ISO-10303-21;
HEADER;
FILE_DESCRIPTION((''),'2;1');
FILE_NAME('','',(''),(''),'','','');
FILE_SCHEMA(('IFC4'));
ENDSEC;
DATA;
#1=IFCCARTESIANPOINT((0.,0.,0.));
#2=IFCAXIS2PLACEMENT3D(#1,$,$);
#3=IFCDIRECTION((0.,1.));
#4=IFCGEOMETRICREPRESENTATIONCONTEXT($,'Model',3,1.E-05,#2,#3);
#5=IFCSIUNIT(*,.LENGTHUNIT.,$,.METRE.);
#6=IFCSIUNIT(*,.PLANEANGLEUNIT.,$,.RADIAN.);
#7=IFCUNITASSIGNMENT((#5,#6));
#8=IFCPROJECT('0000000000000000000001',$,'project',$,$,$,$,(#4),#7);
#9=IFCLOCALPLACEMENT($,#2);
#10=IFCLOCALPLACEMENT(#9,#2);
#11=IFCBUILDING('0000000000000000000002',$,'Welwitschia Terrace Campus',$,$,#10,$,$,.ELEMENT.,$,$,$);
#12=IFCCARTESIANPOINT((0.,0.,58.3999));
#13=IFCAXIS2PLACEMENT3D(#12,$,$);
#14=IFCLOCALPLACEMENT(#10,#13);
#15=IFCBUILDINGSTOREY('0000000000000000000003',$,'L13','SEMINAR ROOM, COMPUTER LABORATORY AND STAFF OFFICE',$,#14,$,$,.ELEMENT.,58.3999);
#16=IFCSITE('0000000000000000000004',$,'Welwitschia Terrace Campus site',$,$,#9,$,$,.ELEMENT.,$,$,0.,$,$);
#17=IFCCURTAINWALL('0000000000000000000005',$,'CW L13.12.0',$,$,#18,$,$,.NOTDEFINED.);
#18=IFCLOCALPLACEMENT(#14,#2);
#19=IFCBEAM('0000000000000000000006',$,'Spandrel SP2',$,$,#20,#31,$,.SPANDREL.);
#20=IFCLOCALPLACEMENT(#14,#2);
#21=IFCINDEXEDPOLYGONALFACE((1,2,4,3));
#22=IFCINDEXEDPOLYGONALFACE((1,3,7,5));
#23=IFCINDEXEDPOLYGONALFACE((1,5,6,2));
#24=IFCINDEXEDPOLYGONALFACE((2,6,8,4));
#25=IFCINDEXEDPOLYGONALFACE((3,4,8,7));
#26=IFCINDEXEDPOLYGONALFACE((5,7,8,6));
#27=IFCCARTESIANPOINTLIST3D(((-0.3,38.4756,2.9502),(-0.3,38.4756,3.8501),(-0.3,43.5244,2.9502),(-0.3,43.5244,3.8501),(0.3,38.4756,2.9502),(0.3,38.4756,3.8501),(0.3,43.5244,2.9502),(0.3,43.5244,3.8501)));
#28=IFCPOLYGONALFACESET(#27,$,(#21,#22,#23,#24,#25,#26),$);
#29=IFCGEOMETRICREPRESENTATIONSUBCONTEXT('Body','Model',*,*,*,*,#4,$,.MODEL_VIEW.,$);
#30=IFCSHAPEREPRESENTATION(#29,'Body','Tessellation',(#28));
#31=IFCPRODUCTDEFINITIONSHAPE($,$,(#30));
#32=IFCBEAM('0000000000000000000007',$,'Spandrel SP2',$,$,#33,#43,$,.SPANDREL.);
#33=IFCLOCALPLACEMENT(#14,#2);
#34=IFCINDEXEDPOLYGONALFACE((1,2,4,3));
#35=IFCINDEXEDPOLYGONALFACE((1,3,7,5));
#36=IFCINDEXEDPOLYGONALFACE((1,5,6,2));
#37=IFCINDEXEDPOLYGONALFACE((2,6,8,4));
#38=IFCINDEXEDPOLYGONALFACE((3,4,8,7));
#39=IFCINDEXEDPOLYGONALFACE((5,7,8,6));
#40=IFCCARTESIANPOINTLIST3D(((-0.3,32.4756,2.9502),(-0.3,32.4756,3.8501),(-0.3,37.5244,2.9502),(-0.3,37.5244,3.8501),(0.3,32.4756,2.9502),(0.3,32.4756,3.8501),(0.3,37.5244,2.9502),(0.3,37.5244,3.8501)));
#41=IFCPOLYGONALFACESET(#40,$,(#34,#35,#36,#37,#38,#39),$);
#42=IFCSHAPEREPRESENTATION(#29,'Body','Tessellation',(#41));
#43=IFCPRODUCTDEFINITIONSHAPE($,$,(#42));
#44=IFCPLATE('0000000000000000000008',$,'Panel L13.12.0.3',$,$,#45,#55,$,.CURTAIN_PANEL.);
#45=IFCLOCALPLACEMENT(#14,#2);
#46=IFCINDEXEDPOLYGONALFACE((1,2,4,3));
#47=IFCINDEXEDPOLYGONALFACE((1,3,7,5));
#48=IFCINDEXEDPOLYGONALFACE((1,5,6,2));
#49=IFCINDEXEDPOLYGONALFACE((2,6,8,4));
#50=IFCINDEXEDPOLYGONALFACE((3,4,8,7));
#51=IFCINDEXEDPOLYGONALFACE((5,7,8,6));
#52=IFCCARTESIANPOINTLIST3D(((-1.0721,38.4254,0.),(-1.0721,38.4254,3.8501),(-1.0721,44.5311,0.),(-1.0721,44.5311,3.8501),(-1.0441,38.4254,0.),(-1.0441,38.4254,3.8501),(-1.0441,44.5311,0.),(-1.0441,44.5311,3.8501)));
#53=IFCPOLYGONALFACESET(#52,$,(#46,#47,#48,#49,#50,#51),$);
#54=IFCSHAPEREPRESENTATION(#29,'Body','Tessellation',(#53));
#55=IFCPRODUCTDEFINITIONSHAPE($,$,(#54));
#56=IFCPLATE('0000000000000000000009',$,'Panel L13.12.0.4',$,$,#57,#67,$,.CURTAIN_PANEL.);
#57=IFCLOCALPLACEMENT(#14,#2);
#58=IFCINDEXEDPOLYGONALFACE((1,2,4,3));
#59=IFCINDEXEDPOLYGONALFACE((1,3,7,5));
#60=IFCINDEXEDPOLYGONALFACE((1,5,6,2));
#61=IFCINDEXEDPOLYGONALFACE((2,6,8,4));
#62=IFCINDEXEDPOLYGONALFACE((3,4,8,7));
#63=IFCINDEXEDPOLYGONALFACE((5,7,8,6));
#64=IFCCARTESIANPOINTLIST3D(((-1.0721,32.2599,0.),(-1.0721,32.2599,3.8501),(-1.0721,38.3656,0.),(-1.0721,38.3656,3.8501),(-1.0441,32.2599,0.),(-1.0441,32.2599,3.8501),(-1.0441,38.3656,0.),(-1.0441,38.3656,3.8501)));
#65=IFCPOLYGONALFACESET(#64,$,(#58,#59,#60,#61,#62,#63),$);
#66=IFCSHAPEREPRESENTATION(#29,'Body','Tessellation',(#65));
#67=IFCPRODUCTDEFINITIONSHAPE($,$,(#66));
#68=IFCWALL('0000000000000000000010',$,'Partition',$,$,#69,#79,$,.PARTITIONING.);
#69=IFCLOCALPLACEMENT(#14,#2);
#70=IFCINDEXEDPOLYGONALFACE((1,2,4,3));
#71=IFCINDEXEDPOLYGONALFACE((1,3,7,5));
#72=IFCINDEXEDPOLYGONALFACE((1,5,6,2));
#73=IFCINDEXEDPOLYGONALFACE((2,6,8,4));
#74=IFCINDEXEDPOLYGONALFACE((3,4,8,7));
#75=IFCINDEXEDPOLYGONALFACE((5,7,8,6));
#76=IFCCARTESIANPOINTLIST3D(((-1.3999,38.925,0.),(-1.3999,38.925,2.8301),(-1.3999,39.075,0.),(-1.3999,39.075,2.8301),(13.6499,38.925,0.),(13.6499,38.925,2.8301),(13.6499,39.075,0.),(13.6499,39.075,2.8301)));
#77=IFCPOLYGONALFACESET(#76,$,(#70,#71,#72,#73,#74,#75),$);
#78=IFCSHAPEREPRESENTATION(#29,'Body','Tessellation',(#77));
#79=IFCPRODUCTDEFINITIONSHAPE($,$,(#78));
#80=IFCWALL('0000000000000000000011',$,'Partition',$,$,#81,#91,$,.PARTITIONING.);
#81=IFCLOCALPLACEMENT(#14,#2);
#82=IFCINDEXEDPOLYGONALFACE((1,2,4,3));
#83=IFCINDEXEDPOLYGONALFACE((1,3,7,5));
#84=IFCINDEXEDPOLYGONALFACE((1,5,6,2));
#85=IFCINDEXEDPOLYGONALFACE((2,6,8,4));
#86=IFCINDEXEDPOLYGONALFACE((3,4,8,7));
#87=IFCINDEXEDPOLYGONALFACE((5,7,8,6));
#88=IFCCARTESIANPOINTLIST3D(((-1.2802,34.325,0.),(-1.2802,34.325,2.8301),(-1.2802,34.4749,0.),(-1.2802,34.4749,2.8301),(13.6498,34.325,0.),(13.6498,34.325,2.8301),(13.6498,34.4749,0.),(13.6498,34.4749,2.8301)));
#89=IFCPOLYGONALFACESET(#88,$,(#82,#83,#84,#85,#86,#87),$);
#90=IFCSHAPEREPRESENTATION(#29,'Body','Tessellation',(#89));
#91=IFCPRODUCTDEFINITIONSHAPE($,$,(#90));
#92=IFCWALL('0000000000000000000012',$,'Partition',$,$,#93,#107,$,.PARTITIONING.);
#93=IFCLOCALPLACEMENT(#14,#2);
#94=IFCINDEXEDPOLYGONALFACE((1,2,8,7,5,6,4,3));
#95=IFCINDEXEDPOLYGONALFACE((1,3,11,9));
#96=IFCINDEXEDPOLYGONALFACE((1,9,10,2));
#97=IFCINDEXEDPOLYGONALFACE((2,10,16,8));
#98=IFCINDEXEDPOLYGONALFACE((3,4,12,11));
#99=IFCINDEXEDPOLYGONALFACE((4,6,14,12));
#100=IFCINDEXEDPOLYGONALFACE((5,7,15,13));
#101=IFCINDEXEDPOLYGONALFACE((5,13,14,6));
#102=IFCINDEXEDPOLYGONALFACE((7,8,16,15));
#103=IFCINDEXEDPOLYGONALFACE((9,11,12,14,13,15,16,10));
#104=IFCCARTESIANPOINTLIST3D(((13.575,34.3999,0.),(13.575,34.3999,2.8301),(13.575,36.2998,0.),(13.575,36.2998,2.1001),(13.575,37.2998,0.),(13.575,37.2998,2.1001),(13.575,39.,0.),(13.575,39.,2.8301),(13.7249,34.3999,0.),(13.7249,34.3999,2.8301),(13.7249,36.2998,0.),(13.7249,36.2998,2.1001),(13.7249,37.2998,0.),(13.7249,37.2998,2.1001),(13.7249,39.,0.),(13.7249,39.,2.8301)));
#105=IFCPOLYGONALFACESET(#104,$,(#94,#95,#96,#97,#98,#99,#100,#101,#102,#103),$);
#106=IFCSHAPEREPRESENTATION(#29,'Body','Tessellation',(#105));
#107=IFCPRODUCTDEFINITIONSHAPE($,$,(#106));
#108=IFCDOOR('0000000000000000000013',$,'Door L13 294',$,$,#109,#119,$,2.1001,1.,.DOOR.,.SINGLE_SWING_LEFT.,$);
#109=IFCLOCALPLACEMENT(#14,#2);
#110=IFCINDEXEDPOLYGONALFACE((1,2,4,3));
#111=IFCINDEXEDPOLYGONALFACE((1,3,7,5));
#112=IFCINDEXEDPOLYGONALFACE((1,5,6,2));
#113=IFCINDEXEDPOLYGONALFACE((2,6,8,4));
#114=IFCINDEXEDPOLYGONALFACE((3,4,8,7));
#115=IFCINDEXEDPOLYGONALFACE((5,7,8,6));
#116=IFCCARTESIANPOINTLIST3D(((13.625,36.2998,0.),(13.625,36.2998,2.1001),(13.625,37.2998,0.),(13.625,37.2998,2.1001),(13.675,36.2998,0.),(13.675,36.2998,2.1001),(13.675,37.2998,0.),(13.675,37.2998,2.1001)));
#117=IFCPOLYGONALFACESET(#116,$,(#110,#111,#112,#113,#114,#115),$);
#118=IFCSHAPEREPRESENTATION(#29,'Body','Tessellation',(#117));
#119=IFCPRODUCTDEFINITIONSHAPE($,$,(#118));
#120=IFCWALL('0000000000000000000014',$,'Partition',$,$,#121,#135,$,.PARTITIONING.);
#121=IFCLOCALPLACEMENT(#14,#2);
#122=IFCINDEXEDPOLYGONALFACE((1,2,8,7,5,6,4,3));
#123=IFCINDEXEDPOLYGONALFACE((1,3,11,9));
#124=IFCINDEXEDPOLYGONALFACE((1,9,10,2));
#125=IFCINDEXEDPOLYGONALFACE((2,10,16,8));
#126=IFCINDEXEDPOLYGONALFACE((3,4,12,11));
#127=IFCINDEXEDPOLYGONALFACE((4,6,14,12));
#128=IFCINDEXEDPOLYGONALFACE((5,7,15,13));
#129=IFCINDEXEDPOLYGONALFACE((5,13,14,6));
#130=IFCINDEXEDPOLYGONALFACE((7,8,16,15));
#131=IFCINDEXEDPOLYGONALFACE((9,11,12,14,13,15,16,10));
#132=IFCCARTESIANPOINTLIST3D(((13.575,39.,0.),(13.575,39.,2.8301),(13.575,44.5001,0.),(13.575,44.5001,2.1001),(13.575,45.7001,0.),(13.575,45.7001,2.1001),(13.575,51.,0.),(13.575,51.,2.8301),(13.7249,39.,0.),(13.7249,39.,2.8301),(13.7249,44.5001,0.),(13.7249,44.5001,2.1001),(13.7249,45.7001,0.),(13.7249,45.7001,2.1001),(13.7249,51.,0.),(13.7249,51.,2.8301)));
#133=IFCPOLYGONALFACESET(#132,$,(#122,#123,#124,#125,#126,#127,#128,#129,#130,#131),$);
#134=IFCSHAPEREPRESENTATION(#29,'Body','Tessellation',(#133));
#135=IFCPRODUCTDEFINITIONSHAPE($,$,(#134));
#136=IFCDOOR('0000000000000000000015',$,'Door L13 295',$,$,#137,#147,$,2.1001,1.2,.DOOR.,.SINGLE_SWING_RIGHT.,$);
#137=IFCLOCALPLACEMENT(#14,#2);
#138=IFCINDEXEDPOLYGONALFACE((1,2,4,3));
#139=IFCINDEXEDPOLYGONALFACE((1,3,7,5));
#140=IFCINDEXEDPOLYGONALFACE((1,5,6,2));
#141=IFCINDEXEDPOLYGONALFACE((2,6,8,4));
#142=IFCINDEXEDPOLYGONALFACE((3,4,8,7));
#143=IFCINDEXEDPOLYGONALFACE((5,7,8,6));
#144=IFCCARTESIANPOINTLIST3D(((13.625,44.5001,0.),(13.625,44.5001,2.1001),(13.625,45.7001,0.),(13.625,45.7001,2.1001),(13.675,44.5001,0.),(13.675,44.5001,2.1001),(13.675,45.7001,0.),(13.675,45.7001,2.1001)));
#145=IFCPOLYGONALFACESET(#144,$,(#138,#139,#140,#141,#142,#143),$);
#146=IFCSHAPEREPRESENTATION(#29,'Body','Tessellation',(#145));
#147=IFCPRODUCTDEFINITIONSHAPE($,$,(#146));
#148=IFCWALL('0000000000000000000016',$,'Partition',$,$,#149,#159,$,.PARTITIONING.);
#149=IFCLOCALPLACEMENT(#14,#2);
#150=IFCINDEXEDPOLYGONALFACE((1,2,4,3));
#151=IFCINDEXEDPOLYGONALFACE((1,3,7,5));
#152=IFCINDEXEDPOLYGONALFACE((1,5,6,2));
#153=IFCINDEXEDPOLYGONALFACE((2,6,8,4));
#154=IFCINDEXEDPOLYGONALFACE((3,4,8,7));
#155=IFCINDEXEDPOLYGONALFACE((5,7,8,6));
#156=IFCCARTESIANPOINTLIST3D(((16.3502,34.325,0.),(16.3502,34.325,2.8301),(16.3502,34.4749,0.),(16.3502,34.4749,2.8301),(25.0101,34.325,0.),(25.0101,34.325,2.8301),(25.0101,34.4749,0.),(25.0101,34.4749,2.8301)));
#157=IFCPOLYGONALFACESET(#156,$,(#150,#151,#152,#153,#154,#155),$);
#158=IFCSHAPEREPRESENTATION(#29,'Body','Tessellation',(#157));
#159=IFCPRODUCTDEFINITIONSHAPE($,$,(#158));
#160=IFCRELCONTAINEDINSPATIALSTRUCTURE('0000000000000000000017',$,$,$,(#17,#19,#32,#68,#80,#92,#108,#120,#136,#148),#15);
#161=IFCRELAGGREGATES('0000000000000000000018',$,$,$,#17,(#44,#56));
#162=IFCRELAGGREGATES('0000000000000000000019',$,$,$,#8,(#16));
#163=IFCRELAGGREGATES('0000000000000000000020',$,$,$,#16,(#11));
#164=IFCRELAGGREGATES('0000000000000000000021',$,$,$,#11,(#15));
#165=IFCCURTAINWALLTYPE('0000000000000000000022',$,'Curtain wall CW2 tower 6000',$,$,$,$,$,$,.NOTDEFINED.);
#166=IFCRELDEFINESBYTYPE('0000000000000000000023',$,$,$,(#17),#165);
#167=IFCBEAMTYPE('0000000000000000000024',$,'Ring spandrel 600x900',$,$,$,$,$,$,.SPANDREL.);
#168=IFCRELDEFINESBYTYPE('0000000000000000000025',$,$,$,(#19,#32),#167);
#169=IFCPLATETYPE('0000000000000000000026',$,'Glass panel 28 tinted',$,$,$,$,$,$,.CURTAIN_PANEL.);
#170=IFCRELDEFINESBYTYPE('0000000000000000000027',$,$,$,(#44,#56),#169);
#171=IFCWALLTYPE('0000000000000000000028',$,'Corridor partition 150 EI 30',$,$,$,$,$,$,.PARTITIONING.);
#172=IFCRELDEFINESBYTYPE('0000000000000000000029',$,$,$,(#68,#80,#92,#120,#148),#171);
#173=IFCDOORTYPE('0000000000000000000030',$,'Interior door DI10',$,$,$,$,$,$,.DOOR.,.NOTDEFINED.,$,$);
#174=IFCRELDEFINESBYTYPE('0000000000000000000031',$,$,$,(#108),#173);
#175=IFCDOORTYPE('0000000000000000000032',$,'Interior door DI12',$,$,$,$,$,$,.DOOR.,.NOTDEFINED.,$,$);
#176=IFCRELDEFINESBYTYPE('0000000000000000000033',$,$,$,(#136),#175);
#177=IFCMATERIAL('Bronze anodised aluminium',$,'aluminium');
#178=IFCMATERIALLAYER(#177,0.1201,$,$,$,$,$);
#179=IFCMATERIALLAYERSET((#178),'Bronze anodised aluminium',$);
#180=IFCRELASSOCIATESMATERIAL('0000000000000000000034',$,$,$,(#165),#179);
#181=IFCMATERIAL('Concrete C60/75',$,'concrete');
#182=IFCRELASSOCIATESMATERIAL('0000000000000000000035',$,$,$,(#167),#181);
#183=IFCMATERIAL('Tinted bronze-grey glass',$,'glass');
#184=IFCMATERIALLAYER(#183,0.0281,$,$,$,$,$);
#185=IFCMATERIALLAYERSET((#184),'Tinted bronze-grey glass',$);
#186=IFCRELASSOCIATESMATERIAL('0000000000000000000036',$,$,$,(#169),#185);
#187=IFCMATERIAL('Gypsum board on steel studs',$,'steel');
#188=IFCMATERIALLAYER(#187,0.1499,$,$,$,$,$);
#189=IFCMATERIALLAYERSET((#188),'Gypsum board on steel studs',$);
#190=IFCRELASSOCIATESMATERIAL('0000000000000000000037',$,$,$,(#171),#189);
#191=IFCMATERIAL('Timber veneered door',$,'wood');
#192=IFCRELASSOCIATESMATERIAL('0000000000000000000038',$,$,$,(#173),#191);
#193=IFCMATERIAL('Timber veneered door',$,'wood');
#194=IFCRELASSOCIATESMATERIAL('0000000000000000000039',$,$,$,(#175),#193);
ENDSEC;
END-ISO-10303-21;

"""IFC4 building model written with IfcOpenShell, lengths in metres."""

from ifc_helpers import new_model, si_unit, direction, frame, frame_2d, origin, origin_2d, place, context, subcontext, project, spatial, rectangle, extrude, material, layer, layer_set, material_profile, profile_set, type_object, element, fill, aggregate, save


model = new_model("IFC4")

# Units and contexts
model_context = context("Model", 3, precision=1e-05, world=origin(), true_north=direction((0.0, 1.0)))
body_context = subcontext(model_context, "Body", "Model", "MODEL_VIEW")
ifc_project = project(units=[si_unit("LENGTHUNIT", "METRE"), si_unit("PLANEANGLEUNIT", "RADIAN")], contexts=[model_context])

# Site, building, storey
site_placement = place(None, origin())
site = spatial("IfcSite", under=ifc_project, at=site_placement, Name="Welwitschia Terrace Campus site", CompositionType="ELEMENT", RefElevation=0.0)
building_placement = place(site_placement, origin())
building = spatial("IfcBuilding", under=site, at=building_placement, Name="Welwitschia Terrace Campus", CompositionType="ELEMENT")
storey_placement = place(building_placement, frame((0.0, 0.0, 58.3999)))
storey = spatial("IfcBuildingStorey", under=building, at=storey_placement, Name="L13", Description="SEMINAR ROOM, COMPUTER LABORATORY AND STAFF OFFICE", CompositionType="ELEMENT", Elevation=58.3999)

# Curtain wall
ifc_material_1 = material(Name="Bronze anodised aluminium", Category="aluminium")
ifc_layer_1 = layer(ifc_material_1, 0.1201)
ifc_layer_set_1 = layer_set([ifc_layer_1], Name="Bronze anodised aluminium")
curtain_wall_type = type_object("IfcCurtainWallType", Name="Curtain wall CW2 tower 6000", PredefinedType="NOTDEFINED", material=ifc_layer_set_1)
curtain_wall_placement = place(storey_placement, origin())
curtain_wall = element("IfcCurtainWall", 1, at=curtain_wall_placement, inside=storey, type_object=curtain_wall_type, Name="CW L13.12.0", PredefinedType="NOTDEFINED")

# Beams
ifc_material_2 = material(Name="Concrete C60/75", Category="concrete")
ifc_material_profile_1 = material_profile(ifc_material_2, rectangle(XDim=0.6001, YDim=0.8999, at=origin_2d()))
ifc_profile_set_1 = profile_set([ifc_material_profile_1], Name="Concrete C60/75")
beam_type_1 = type_object("IfcBeamType", Name="Ring spandrel 600x900", PredefinedType="SPANDREL", material=ifc_profile_set_1)
for number, where, z_axis, x_axis, name in (
    (2, (0.0, 43.5244, 3.4001), (0.0, -1.0, 0.0), (1.0, 0.0, 0.0), "Spandrel SP2"),
    (3, (0.0, 37.5244, 3.4001), (0.0, -1.0, 0.0), (1.0, 0.0, 0.0), "Spandrel SP2"),
):
    element("IfcBeam", number, at=place(storey_placement, frame(where, z_axis=z_axis, x_axis=x_axis)), inside=storey, type_object=beam_type_1, Name=name, PredefinedType="SPANDREL", context=body_context, shape_type="SweptSolid", body=[
        extrude(rectangle(XDim=0.6001, YDim=0.8999, at=origin_2d()), origin(), (0.0, 0.0, 1.0), 5.0488),
    ])

# Plates
ifc_material_3 = material(Name="Tinted bronze-grey glass", Category="glass")
ifc_layer_2 = layer(ifc_material_3, 0.0281)
ifc_layer_set_2 = layer_set([ifc_layer_2], Name="Tinted bronze-grey glass")
plate_type = type_object("IfcPlateType", Name="Glass panel 28 tinted", PredefinedType="CURTAIN_PANEL", material=ifc_layer_set_2)
plate_1_placement = place(storey_placement, frame((-1.0581, 41.4783, 0.0), z_axis=(0.0, 0.0, 1.0), x_axis=(0.0, -1.0, 0.0)))
plate_1 = element("IfcPlate", 4, at=plate_1_placement, type_object=plate_type, Name="Panel L13.12.0.3", PredefinedType="CURTAIN_PANEL", context=body_context, shape_type="SweptSolid", body=[
    extrude(rectangle(XDim=6.1057, YDim=0.0281, at=origin_2d()), origin(), (0.0, 0.0, 1.0), 3.8501),
])
plate_2_placement = place(storey_placement, frame((-1.0581, 35.3127, 0.0), z_axis=(0.0, 0.0, 1.0), x_axis=(0.0, -1.0, 0.0)))
plate_2 = element("IfcPlate", 5, at=plate_2_placement, type_object=plate_type, Name="Panel L13.12.0.4", PredefinedType="CURTAIN_PANEL", context=body_context, shape_type="SweptSolid", body=[
    extrude(rectangle(XDim=6.1057, YDim=0.0281, at=origin_2d()), origin(), (0.0, 0.0, 1.0), 3.8501),
])
aggregate(curtain_wall, [plate_1, plate_2])

# Walls
ifc_material_4 = material(Name="Gypsum board on steel studs", Category="steel")
ifc_layer_3 = layer(ifc_material_4, 0.1499)
ifc_layer_set_3 = layer_set([ifc_layer_3], Name="Gypsum board on steel studs")
wall_type = type_object("IfcWallType", Name="Corridor partition 150 EI 30", PredefinedType="PARTITIONING", material=ifc_layer_set_3)
wall_1_placement = place(storey_placement, frame((-1.3999, 39.0, 0.0), z_axis=(0.0, 0.0, 1.0), x_axis=(1.0, 0.0, 0.0)))
element("IfcWall", 6, at=wall_1_placement, inside=storey, type_object=wall_type, Name="Partition", PredefinedType="PARTITIONING", context=body_context, shape_type="SweptSolid", body=[
    extrude(rectangle(XDim=15.0498, YDim=0.1499, at=frame_2d((7.5249, 0.0))), origin(), (0.0, 0.0, 1.0), 2.8301),
])
wall_2_placement = place(storey_placement, frame((-1.28, 34.3999, 0.0), z_axis=(0.0, 0.0, 1.0), x_axis=(1.0, 0.0, 0.0)))
element("IfcWall", 7, at=wall_2_placement, inside=storey, type_object=wall_type, Name="Partition", PredefinedType="PARTITIONING", context=body_context, shape_type="SweptSolid", body=[
    extrude(rectangle(XDim=14.9299, YDim=0.1499, at=frame_2d((7.4648, 0.0))), origin(), (0.0, 0.0, 1.0), 2.8301),
])

# Walls, openings, doors
wall_3_placement = place(storey_placement, frame((13.6499, 34.3999, 0.0), z_axis=(0.0, 0.0, 1.0), x_axis=(0.0, 1.0, 0.0)))
wall_3 = element("IfcWall", 8, at=wall_3_placement, inside=storey, type_object=wall_type, Name="Partition", PredefinedType="PARTITIONING", context=body_context, shape_type="SweptSolid", body=[
    extrude(rectangle(XDim=4.6001, YDim=0.1499, at=frame_2d((2.3, 0.0))), origin(), (0.0, 0.0, 1.0), 2.8301),
])
opening_1_placement = place(wall_3_placement, frame((1.8999, 0.0, 0.0)))
opening_1 = element("IfcOpeningElement", 9, at=opening_1_placement, cuts=wall_3, PredefinedType="OPENING", context=body_context, shape_type="SweptSolid", body=[
    extrude(rectangle(XDim=1.0, YDim=2.1001, at=frame_2d((0.5, 1.05))), frame((0.0, 0.085, 0.0), z_axis=(0.0, -1.0, 0.0), x_axis=(1.0, 0.0, 0.0)), (0.0, 0.0, 1.0), 0.1699),
])
ifc_material_5 = material(Name="Timber veneered door", Category="wood")
door_type_1 = type_object("IfcDoorType", Name="Interior door DI10", OperationType="NOTDEFINED", PredefinedType="DOOR", material=ifc_material_5)
door_1_placement = place(opening_1_placement, origin())
door_1 = element("IfcDoor", 10, at=door_1_placement, inside=storey, type_object=door_type_1, Name="Door L13 294", OperationType="SINGLE_SWING_LEFT", OverallHeight=2.1001, OverallWidth=1.0, PredefinedType="DOOR", context=body_context, shape_type="SweptSolid", body=[
    extrude(rectangle(XDim=1.0, YDim=2.1001, at=frame_2d((0.5, 1.05))), frame((0.0, 0.0249, 0.0), z_axis=(0.0, -1.0, 0.0), x_axis=(1.0, 0.0, 0.0)), (0.0, 0.0, 1.0), 0.05),
])
fill(opening_1, door_1)
wall_4_placement = place(storey_placement, frame((13.6499, 39.0, 0.0), z_axis=(0.0, 0.0, 1.0), x_axis=(0.0, 1.0, 0.0)))
wall_4 = element("IfcWall", 11, at=wall_4_placement, inside=storey, type_object=wall_type, Name="Partition", PredefinedType="PARTITIONING", context=body_context, shape_type="SweptSolid", body=[
    extrude(rectangle(XDim=12.0, YDim=0.1499, at=frame_2d((6.0, 0.0))), origin(), (0.0, 0.0, 1.0), 2.8301),
])
opening_2_placement = place(wall_4_placement, frame((5.5, 0.0, 0.0)))
opening_2 = element("IfcOpeningElement", 12, at=opening_2_placement, cuts=wall_4, PredefinedType="OPENING", context=body_context, shape_type="SweptSolid", body=[
    extrude(rectangle(XDim=1.2, YDim=2.1001, at=frame_2d((0.6001, 1.05))), frame((0.0, 0.085, 0.0), z_axis=(0.0, -1.0, 0.0), x_axis=(1.0, 0.0, 0.0)), (0.0, 0.0, 1.0), 0.1699),
])
ifc_material_6 = material(Name="Timber veneered door", Category="wood")
door_type_2 = type_object("IfcDoorType", Name="Interior door DI12", OperationType="NOTDEFINED", PredefinedType="DOOR", material=ifc_material_6)
door_2_placement = place(opening_2_placement, origin())
door_2 = element("IfcDoor", 13, at=door_2_placement, inside=storey, type_object=door_type_2, Name="Door L13 295", OperationType="SINGLE_SWING_RIGHT", OverallHeight=2.1001, OverallWidth=1.2, PredefinedType="DOOR", context=body_context, shape_type="SweptSolid", body=[
    extrude(rectangle(XDim=1.2, YDim=2.1001, at=frame_2d((0.6001, 1.05))), frame((0.0, 0.0249, 0.0), z_axis=(0.0, -1.0, 0.0), x_axis=(1.0, 0.0, 0.0)), (0.0, 0.0, 1.0), 0.05),
])
fill(opening_2, door_2)

# Wall
wall_5_placement = place(storey_placement, frame((16.3501, 34.3999, 0.0), z_axis=(0.0, 0.0, 1.0), x_axis=(1.0, 0.0, 0.0)))
element("IfcWall", 14, at=wall_5_placement, inside=storey, type_object=wall_type, Name="Partition", PredefinedType="PARTITIONING", context=body_context, shape_type="SweptSolid", body=[
    extrude(rectangle(XDim=8.6599, YDim=0.1499, at=frame_2d((4.3301, 0.0))), origin(), (0.0, 0.0, 1.0), 2.8301),
])

save(model, "model.ifc")
